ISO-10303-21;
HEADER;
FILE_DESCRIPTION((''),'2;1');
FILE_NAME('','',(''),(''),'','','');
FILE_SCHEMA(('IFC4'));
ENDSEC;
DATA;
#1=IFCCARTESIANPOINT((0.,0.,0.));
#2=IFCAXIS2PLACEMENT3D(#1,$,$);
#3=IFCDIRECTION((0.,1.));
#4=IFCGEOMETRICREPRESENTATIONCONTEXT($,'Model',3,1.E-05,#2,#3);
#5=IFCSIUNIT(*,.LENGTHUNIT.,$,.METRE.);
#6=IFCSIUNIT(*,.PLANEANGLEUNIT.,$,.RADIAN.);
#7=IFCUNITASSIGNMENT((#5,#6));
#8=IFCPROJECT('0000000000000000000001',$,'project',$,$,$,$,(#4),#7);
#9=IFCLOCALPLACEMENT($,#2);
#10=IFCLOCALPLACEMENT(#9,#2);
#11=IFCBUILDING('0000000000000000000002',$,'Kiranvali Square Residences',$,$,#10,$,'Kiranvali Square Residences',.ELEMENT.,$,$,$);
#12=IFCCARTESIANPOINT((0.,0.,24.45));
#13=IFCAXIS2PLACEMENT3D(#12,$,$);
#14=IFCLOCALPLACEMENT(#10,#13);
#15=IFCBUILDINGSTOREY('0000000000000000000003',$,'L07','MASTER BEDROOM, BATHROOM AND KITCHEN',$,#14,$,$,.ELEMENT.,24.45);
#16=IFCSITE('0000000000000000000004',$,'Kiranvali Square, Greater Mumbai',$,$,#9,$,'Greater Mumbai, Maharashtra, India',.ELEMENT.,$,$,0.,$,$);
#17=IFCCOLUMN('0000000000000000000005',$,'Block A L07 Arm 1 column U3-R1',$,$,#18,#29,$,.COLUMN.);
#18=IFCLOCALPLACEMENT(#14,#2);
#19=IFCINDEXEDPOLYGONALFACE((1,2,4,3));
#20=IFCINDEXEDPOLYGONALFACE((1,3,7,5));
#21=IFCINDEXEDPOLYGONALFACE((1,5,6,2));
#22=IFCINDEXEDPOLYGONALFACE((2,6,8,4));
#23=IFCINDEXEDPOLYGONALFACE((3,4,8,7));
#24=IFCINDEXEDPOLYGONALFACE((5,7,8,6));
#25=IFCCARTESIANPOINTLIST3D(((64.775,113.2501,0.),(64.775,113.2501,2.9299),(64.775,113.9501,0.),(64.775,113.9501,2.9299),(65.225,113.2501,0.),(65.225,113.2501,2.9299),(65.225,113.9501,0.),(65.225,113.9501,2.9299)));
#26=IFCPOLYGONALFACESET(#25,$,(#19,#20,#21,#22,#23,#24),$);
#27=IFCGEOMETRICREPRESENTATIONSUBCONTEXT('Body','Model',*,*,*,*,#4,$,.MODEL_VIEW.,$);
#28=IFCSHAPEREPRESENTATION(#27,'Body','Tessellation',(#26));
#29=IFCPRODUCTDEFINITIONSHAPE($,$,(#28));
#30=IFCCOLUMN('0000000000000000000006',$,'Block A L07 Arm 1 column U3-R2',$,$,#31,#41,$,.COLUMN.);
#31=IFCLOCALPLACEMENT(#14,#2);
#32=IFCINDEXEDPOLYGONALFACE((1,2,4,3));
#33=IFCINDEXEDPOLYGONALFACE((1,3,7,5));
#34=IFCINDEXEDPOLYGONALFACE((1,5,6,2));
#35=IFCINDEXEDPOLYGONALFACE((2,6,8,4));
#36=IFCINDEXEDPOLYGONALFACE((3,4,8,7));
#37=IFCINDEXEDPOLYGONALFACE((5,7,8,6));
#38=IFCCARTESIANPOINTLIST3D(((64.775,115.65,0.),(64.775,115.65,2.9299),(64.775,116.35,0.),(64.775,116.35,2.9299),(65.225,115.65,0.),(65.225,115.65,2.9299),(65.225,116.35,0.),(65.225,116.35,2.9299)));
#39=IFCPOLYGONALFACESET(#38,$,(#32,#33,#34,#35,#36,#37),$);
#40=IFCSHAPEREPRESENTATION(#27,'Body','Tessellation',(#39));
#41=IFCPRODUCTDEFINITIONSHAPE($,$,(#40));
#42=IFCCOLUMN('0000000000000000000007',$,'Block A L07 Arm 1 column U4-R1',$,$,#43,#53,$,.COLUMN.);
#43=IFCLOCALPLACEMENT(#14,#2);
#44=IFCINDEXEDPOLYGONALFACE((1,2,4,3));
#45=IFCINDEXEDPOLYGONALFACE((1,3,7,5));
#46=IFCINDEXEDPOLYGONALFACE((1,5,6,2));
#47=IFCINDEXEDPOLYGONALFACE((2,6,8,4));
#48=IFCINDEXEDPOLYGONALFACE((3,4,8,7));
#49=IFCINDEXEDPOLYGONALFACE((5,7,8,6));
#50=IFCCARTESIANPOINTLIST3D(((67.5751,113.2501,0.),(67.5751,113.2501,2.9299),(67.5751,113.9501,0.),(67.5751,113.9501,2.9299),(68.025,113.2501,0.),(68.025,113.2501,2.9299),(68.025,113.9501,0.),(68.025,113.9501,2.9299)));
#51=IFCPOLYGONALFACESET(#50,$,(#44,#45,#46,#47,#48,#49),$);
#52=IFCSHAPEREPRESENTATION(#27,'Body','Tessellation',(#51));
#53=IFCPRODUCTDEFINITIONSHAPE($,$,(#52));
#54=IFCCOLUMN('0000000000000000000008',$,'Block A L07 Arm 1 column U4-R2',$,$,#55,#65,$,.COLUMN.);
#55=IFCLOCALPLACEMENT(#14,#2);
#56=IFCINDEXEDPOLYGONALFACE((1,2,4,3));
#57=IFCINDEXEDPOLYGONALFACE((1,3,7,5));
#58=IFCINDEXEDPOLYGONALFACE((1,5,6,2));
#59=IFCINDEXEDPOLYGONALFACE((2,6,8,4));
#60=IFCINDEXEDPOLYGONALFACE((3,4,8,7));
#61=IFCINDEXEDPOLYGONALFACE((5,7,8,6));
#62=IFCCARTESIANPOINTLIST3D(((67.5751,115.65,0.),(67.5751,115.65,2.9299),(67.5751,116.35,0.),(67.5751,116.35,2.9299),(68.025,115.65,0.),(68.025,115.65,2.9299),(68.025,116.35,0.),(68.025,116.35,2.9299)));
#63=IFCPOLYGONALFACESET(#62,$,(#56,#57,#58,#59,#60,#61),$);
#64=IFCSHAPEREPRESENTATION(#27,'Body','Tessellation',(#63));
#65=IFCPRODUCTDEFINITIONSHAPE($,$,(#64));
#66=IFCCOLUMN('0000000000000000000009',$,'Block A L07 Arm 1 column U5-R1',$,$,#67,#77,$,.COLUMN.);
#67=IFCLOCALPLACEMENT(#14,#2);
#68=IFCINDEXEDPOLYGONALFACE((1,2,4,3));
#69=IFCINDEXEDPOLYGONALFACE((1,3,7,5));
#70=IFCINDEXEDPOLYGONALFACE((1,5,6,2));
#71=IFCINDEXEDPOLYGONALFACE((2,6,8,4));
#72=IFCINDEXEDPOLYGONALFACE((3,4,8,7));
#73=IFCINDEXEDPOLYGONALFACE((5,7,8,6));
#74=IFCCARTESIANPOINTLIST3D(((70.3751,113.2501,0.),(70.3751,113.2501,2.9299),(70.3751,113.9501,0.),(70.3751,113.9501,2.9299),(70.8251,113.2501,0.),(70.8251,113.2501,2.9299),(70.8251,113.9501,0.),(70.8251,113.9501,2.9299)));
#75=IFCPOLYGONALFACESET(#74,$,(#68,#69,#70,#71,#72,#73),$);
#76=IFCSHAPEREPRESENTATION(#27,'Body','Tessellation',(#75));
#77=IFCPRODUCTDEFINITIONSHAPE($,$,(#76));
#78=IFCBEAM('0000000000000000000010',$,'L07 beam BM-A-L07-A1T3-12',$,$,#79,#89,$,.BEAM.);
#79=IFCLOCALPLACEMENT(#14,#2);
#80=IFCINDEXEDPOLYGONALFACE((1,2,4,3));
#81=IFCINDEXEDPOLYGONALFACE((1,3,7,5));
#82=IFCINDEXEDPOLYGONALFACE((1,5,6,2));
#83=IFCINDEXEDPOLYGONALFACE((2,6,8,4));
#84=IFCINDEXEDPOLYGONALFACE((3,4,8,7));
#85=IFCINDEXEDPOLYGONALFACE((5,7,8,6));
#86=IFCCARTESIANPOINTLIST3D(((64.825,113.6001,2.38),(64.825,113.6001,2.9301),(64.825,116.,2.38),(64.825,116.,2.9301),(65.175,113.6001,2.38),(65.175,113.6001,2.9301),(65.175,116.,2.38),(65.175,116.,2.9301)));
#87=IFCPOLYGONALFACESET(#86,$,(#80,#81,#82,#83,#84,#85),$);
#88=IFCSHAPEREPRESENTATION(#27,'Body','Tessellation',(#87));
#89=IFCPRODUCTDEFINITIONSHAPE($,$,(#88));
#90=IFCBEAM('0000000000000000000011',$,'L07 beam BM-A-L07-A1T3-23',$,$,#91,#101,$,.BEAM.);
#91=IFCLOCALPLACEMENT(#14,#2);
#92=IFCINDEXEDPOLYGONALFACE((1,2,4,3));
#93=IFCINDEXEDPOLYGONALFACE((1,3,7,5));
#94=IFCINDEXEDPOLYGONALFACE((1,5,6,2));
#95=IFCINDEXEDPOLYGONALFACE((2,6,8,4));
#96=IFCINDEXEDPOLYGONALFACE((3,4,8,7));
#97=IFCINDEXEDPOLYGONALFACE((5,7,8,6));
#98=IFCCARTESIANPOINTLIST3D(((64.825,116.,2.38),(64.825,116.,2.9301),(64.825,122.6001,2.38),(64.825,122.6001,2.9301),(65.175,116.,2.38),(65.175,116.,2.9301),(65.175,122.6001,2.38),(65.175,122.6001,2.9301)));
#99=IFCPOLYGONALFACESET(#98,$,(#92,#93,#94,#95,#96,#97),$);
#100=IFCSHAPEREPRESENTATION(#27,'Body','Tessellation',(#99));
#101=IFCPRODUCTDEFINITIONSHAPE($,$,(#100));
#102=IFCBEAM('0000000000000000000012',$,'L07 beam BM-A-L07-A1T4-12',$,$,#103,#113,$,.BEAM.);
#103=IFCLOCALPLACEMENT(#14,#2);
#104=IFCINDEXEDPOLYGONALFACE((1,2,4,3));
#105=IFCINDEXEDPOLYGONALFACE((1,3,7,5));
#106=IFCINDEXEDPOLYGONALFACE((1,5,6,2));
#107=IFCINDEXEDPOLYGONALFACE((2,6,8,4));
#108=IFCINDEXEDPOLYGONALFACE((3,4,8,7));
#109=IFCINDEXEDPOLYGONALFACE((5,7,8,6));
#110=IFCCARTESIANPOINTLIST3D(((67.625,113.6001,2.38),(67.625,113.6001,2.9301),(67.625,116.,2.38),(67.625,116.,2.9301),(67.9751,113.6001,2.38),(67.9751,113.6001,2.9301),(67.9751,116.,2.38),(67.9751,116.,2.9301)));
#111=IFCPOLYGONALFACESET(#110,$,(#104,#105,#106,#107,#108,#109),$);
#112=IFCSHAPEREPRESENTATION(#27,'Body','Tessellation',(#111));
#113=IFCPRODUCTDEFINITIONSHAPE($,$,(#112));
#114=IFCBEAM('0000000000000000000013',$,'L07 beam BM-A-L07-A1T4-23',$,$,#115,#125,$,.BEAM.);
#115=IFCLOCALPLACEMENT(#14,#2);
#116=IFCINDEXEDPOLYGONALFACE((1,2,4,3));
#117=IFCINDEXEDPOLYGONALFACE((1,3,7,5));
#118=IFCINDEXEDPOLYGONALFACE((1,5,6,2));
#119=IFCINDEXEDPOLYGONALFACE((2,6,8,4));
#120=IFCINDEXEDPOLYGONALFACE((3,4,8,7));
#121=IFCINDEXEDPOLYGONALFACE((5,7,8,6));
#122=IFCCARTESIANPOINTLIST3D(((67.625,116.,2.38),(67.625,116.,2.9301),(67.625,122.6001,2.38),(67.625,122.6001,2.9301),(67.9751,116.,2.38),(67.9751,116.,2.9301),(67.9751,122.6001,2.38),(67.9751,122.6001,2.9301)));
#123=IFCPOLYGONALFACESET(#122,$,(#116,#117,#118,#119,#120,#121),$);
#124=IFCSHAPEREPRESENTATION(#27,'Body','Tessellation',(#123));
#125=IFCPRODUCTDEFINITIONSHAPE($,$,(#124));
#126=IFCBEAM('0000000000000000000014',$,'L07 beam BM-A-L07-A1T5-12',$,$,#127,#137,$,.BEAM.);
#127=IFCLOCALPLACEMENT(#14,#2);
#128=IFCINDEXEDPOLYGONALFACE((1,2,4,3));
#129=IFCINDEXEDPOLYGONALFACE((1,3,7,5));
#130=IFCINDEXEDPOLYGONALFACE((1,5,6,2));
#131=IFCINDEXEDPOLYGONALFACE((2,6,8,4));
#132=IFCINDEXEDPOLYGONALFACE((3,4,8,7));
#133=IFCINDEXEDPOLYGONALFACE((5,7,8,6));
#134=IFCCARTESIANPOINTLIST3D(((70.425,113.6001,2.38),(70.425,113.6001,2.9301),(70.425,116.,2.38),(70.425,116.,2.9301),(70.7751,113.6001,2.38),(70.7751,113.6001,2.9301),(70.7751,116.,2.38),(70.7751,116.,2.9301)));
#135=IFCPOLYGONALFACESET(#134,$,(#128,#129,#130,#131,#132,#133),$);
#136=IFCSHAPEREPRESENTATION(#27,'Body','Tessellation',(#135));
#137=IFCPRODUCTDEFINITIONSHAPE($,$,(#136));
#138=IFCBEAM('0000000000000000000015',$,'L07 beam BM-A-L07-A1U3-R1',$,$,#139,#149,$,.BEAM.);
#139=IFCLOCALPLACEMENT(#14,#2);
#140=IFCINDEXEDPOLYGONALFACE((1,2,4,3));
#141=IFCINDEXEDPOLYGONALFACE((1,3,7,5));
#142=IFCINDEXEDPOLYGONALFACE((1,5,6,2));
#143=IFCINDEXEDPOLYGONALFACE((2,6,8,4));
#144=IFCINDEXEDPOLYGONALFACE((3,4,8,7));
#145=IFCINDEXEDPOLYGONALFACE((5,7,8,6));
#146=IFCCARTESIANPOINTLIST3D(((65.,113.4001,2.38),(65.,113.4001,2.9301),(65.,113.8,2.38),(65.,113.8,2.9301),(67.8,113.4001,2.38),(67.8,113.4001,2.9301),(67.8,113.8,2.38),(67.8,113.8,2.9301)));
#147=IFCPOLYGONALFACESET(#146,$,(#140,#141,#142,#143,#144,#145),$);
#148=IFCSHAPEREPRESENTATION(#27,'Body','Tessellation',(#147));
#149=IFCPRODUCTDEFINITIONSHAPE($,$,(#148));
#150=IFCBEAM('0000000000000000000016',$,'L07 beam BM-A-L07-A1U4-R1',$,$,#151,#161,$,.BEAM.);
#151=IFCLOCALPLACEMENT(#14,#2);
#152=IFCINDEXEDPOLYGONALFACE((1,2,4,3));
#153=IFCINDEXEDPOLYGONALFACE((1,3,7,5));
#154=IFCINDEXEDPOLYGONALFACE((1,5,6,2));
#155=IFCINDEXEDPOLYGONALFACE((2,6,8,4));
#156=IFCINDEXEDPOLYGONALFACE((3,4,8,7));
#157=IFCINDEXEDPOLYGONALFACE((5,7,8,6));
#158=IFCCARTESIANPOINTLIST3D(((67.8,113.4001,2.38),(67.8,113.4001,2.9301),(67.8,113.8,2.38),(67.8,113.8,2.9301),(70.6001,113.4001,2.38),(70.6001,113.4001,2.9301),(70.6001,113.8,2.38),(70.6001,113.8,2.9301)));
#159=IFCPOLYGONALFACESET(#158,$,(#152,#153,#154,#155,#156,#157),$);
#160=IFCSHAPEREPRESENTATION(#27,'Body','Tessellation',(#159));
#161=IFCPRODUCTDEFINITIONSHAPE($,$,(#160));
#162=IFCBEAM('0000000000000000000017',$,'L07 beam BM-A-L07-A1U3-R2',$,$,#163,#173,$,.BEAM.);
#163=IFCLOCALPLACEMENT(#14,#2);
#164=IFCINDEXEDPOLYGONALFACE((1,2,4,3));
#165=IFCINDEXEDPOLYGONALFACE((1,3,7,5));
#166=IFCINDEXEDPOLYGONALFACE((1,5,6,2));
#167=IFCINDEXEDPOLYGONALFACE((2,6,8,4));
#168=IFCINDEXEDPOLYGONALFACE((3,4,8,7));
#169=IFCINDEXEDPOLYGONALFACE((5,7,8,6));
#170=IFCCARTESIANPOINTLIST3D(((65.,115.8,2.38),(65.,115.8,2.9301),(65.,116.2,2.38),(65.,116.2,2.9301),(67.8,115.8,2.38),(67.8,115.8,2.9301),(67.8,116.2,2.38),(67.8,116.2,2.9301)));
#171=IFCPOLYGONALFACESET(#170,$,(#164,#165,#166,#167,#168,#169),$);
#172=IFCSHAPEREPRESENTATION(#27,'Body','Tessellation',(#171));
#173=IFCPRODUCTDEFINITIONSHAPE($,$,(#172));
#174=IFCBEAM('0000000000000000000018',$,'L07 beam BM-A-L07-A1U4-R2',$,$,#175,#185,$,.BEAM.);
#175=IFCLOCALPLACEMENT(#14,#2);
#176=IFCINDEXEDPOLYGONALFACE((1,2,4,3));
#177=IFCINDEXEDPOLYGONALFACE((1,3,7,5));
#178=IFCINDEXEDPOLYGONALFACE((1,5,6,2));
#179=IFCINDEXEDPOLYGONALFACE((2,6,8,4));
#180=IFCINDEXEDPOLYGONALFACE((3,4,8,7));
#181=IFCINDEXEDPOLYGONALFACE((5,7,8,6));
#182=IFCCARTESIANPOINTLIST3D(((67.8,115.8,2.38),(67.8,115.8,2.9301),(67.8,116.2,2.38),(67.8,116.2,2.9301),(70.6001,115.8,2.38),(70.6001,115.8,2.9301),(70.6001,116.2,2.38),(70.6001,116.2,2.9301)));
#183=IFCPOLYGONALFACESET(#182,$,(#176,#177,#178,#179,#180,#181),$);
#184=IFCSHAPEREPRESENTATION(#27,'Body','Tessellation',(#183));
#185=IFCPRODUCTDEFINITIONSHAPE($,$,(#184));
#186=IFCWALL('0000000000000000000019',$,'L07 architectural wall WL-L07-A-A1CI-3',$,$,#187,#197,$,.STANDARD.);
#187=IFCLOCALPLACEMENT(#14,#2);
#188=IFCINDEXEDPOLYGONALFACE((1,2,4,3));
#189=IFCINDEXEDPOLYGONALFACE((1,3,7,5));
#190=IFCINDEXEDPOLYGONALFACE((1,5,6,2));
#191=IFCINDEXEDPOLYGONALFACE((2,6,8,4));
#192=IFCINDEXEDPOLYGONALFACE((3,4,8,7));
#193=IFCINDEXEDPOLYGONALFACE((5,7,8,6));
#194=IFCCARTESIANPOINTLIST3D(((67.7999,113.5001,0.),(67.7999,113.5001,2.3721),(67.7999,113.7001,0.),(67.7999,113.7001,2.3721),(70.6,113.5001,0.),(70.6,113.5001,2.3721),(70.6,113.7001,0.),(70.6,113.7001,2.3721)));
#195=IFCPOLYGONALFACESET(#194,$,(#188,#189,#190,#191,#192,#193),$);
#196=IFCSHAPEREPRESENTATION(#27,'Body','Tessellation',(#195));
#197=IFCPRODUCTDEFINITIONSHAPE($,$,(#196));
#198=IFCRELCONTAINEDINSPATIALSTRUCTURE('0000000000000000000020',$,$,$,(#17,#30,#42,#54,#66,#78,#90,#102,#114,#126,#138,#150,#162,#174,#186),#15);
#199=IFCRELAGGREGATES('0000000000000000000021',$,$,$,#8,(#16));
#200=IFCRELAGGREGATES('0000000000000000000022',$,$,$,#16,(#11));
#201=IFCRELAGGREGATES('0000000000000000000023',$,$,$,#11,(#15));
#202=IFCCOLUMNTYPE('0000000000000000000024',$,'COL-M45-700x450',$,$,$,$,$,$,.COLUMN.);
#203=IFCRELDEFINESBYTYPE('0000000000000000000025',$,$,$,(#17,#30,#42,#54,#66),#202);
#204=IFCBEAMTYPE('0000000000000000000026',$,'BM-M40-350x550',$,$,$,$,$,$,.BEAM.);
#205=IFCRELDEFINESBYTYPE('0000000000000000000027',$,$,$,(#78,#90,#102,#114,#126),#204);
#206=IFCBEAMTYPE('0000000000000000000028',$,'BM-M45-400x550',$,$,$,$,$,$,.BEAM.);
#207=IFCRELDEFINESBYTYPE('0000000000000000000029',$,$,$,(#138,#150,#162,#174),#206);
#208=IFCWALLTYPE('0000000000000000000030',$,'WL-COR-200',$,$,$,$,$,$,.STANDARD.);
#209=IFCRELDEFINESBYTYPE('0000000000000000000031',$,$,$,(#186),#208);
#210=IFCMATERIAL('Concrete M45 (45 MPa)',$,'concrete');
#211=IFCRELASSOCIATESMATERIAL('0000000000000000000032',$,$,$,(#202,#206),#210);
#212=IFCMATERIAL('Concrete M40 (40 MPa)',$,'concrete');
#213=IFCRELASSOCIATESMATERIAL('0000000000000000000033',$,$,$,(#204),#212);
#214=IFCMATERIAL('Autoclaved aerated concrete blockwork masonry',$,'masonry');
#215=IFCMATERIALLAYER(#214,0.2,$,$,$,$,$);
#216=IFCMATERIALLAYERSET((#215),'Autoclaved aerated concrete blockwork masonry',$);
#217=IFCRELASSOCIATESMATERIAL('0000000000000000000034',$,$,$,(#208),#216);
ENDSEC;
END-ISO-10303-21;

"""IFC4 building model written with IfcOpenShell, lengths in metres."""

from ifc_helpers import new_model, si_unit, direction, frame, frame_2d, origin, origin_2d, place, context, subcontext, project, spatial, rectangle, extrude, material, layer, layer_set, material_profile, profile_set, type_object, element, save


model = new_model("IFC4")

# Units and contexts
model_context = context("Model", 3, precision=1e-05, world=origin(), true_north=direction((0.0, 1.0)))
body_context = subcontext(model_context, "Body", "Model", "MODEL_VIEW")
ifc_project = project(units=[si_unit("LENGTHUNIT", "METRE"), si_unit("PLANEANGLEUNIT", "RADIAN")], contexts=[model_context])

# Site, building, storey
site_placement = place(None, origin())
site = spatial("IfcSite", under=ifc_project, at=site_placement, Name="Kiranvali Square, Greater Mumbai", LongName="Greater Mumbai, Maharashtra, India", CompositionType="ELEMENT", RefElevation=0.0)
building_placement = place(site_placement, origin())
building = spatial("IfcBuilding", under=site, at=building_placement, Name="Kiranvali Square Residences", LongName="Kiranvali Square Residences", CompositionType="ELEMENT")
storey_placement = place(building_placement, frame((0.0, 0.0, 24.45)))
storey = spatial("IfcBuildingStorey", under=building, at=storey_placement, Name="L07", Description="MASTER BEDROOM, BATHROOM AND KITCHEN", CompositionType="ELEMENT", Elevation=24.45)

# Columns
ifc_material_1 = material(Name="Concrete M45 (45 MPa)", Category="concrete")
ifc_material_profile_1 = material_profile(ifc_material_1, rectangle(XDim=0.45, YDim=0.7, at=origin_2d()), Name="RC 700x450")
ifc_profile_set_1 = profile_set([ifc_material_profile_1], Name="Concrete M45 (45 MPa)")
column_type = type_object("IfcColumnType", Name="COL-M45-700x450", PredefinedType="COLUMN", material=ifc_profile_set_1)
for number, where, z_axis, x_axis, name in (
    (1, (65.0, 113.6001, 0.0), (0.0, 0.0, 1.0), (1.0, 0.0, 0.0), "Block A L07 Arm 1 column U3-R1"),
    (2, (65.0, 116.0, 0.0), (0.0, 0.0, 1.0), (1.0, 0.0, 0.0), "Block A L07 Arm 1 column U3-R2"),
    (3, (67.8, 113.6001, 0.0), (0.0, 0.0, 1.0), (1.0, 0.0, 0.0), "Block A L07 Arm 1 column U4-R1"),
    (4, (67.8, 116.0, 0.0), (0.0, 0.0, 1.0), (1.0, 0.0, 0.0), "Block A L07 Arm 1 column U4-R2"),
    (5, (70.6001, 113.6001, 0.0), (0.0, 0.0, 1.0), (1.0, 0.0, 0.0), "Block A L07 Arm 1 column U5-R1"),
):
    element("IfcColumn", number, at=place(storey_placement, frame(where, z_axis=z_axis, x_axis=x_axis)), inside=storey, type_object=column_type, Name=name, PredefinedType="COLUMN", context=body_context, shape_type="SweptSolid", body=[
        extrude(rectangle(XDim=0.45, YDim=0.7, at=origin_2d()), origin(), (0.0, 0.0, 1.0), 2.9299),
    ])

# Beams
ifc_material_2 = material(Name="Concrete M40 (40 MPa)", Category="concrete")
ifc_material_profile_2 = material_profile(ifc_material_2, rectangle(XDim=0.3501, YDim=0.55, at=origin_2d()), Name="RC 350x550")
ifc_profile_set_2 = profile_set([ifc_material_profile_2], Name="Concrete M40 (40 MPa)")
beam_type_1 = type_object("IfcBeamType", Name="BM-M40-350x550", PredefinedType="BEAM", material=ifc_profile_set_2)
beam_1_placement = place(storey_placement, frame((65.0, 113.6001, 2.655), z_axis=(0.0, 1.0, 0.0), x_axis=(-1.0, 0.0, 0.0)))
element("IfcBeam", 6, at=beam_1_placement, inside=storey, type_object=beam_type_1, Name="L07 beam BM-A-L07-A1T3-12", PredefinedType="BEAM", context=body_context, shape_type="SweptSolid", body=[
    extrude(rectangle(XDim=0.3501, YDim=0.55, at=origin_2d()), origin(), (0.0, 0.0, 1.0), 2.3999),
])
beam_2_placement = place(storey_placement, frame((65.0, 116.0, 2.655), z_axis=(0.0, 1.0, 0.0), x_axis=(-1.0, 0.0, 0.0)))
element("IfcBeam", 7, at=beam_2_placement, inside=storey, type_object=beam_type_1, Name="L07 beam BM-A-L07-A1T3-23", PredefinedType="BEAM", context=body_context, shape_type="SweptSolid", body=[
    extrude(rectangle(XDim=0.3501, YDim=0.55, at=origin_2d()), origin(), (0.0, 0.0, 1.0), 6.6001),
])
beam_3_placement = place(storey_placement, frame((67.8, 113.6001, 2.655), z_axis=(0.0, 1.0, 0.0), x_axis=(-1.0, 0.0, 0.0)))
element("IfcBeam", 8, at=beam_3_placement, inside=storey, type_object=beam_type_1, Name="L07 beam BM-A-L07-A1T4-12", PredefinedType="BEAM", context=body_context, shape_type="SweptSolid", body=[
    extrude(rectangle(XDim=0.3501, YDim=0.55, at=origin_2d()), origin(), (0.0, 0.0, 1.0), 2.3999),
])
beam_4_placement = place(storey_placement, frame((67.8, 116.0, 2.655), z_axis=(0.0, 1.0, 0.0), x_axis=(-1.0, 0.0, 0.0)))
element("IfcBeam", 9, at=beam_4_placement, inside=storey, type_object=beam_type_1, Name="L07 beam BM-A-L07-A1T4-23", PredefinedType="BEAM", context=body_context, shape_type="SweptSolid", body=[
    extrude(rectangle(XDim=0.3501, YDim=0.55, at=origin_2d()), origin(), (0.0, 0.0, 1.0), 6.6001),
])
beam_5_placement = place(storey_placement, frame((70.6001, 113.6001, 2.655), z_axis=(0.0, 1.0, 0.0), x_axis=(-1.0, 0.0, 0.0)))
element("IfcBeam", 10, at=beam_5_placement, inside=storey, type_object=beam_type_1, Name="L07 beam BM-A-L07-A1T5-12", PredefinedType="BEAM", context=body_context, shape_type="SweptSolid", body=[
    extrude(rectangle(XDim=0.3501, YDim=0.55, at=origin_2d()), origin(), (0.0, 0.0, 1.0), 2.3999),
])
ifc_material_profile_3 = material_profile(ifc_material_1, rectangle(XDim=0.3999, YDim=0.55, at=origin_2d()), Name="RC 400x550")
ifc_profile_set_3 = profile_set([ifc_material_profile_3], Name="Concrete M45 (45 MPa)")
beam_type_2 = type_object("IfcBeamType", Name="BM-M45-400x550", PredefinedType="BEAM", material=ifc_profile_set_3)
for number, where, z_axis, x_axis, name in (
    (11, (65.0, 113.6001, 2.655), (1.0, 0.0, 0.0), (0.0, 1.0, 0.0), "L07 beam BM-A-L07-A1U3-R1"),
    (12, (67.8, 113.6001, 2.655), (1.0, 0.0, 0.0), (0.0, 1.0, 0.0), "L07 beam BM-A-L07-A1U4-R1"),
    (13, (65.0, 116.0, 2.655), (1.0, 0.0, 0.0), (0.0, 1.0, 0.0), "L07 beam BM-A-L07-A1U3-R2"),
    (14, (67.8, 116.0, 2.655), (1.0, 0.0, 0.0), (0.0, 1.0, 0.0), "L07 beam BM-A-L07-A1U4-R2"),
):
    element("IfcBeam", number, at=place(storey_placement, frame(where, z_axis=z_axis, x_axis=x_axis)), inside=storey, type_object=beam_type_2, Name=name, PredefinedType="BEAM", context=body_context, shape_type="SweptSolid", body=[
        extrude(rectangle(XDim=0.3999, YDim=0.55, at=origin_2d()), origin(), (0.0, 0.0, 1.0), 2.8),
    ])

# Shared definitions
ifc_material_3 = material(Name="Autoclaved aerated concrete blockwork masonry", Category="masonry")
ifc_layer_1 = layer(ifc_material_3, 0.2)
ifc_layer_set_1 = layer_set([ifc_layer_1], Name="Autoclaved aerated concrete blockwork masonry")
wall_type_1 = type_object("IfcWallType", Name="WL-COR-200", PredefinedType="STANDARD", material=ifc_layer_set_1)

# Wall
wall_1_placement = place(storey_placement, frame((67.8, 113.6001, 0.0), z_axis=(0.0, 0.0, 1.0), x_axis=(1.0, 0.0, 0.0)))
element("IfcWall", 15, at=wall_1_placement, inside=storey, type_object=wall_type_1, Name="L07 architectural wall WL-L07-A-A1CI-3", PredefinedType="STANDARD", context=body_context, shape_type="SweptSolid", body=[
    extrude(rectangle(XDim=2.8, YDim=0.2, at=frame_2d((1.3999, 0.0))), origin(), (0.0, 0.0, 1.0), 2.3721),
])

save(model, "model.ifc")
